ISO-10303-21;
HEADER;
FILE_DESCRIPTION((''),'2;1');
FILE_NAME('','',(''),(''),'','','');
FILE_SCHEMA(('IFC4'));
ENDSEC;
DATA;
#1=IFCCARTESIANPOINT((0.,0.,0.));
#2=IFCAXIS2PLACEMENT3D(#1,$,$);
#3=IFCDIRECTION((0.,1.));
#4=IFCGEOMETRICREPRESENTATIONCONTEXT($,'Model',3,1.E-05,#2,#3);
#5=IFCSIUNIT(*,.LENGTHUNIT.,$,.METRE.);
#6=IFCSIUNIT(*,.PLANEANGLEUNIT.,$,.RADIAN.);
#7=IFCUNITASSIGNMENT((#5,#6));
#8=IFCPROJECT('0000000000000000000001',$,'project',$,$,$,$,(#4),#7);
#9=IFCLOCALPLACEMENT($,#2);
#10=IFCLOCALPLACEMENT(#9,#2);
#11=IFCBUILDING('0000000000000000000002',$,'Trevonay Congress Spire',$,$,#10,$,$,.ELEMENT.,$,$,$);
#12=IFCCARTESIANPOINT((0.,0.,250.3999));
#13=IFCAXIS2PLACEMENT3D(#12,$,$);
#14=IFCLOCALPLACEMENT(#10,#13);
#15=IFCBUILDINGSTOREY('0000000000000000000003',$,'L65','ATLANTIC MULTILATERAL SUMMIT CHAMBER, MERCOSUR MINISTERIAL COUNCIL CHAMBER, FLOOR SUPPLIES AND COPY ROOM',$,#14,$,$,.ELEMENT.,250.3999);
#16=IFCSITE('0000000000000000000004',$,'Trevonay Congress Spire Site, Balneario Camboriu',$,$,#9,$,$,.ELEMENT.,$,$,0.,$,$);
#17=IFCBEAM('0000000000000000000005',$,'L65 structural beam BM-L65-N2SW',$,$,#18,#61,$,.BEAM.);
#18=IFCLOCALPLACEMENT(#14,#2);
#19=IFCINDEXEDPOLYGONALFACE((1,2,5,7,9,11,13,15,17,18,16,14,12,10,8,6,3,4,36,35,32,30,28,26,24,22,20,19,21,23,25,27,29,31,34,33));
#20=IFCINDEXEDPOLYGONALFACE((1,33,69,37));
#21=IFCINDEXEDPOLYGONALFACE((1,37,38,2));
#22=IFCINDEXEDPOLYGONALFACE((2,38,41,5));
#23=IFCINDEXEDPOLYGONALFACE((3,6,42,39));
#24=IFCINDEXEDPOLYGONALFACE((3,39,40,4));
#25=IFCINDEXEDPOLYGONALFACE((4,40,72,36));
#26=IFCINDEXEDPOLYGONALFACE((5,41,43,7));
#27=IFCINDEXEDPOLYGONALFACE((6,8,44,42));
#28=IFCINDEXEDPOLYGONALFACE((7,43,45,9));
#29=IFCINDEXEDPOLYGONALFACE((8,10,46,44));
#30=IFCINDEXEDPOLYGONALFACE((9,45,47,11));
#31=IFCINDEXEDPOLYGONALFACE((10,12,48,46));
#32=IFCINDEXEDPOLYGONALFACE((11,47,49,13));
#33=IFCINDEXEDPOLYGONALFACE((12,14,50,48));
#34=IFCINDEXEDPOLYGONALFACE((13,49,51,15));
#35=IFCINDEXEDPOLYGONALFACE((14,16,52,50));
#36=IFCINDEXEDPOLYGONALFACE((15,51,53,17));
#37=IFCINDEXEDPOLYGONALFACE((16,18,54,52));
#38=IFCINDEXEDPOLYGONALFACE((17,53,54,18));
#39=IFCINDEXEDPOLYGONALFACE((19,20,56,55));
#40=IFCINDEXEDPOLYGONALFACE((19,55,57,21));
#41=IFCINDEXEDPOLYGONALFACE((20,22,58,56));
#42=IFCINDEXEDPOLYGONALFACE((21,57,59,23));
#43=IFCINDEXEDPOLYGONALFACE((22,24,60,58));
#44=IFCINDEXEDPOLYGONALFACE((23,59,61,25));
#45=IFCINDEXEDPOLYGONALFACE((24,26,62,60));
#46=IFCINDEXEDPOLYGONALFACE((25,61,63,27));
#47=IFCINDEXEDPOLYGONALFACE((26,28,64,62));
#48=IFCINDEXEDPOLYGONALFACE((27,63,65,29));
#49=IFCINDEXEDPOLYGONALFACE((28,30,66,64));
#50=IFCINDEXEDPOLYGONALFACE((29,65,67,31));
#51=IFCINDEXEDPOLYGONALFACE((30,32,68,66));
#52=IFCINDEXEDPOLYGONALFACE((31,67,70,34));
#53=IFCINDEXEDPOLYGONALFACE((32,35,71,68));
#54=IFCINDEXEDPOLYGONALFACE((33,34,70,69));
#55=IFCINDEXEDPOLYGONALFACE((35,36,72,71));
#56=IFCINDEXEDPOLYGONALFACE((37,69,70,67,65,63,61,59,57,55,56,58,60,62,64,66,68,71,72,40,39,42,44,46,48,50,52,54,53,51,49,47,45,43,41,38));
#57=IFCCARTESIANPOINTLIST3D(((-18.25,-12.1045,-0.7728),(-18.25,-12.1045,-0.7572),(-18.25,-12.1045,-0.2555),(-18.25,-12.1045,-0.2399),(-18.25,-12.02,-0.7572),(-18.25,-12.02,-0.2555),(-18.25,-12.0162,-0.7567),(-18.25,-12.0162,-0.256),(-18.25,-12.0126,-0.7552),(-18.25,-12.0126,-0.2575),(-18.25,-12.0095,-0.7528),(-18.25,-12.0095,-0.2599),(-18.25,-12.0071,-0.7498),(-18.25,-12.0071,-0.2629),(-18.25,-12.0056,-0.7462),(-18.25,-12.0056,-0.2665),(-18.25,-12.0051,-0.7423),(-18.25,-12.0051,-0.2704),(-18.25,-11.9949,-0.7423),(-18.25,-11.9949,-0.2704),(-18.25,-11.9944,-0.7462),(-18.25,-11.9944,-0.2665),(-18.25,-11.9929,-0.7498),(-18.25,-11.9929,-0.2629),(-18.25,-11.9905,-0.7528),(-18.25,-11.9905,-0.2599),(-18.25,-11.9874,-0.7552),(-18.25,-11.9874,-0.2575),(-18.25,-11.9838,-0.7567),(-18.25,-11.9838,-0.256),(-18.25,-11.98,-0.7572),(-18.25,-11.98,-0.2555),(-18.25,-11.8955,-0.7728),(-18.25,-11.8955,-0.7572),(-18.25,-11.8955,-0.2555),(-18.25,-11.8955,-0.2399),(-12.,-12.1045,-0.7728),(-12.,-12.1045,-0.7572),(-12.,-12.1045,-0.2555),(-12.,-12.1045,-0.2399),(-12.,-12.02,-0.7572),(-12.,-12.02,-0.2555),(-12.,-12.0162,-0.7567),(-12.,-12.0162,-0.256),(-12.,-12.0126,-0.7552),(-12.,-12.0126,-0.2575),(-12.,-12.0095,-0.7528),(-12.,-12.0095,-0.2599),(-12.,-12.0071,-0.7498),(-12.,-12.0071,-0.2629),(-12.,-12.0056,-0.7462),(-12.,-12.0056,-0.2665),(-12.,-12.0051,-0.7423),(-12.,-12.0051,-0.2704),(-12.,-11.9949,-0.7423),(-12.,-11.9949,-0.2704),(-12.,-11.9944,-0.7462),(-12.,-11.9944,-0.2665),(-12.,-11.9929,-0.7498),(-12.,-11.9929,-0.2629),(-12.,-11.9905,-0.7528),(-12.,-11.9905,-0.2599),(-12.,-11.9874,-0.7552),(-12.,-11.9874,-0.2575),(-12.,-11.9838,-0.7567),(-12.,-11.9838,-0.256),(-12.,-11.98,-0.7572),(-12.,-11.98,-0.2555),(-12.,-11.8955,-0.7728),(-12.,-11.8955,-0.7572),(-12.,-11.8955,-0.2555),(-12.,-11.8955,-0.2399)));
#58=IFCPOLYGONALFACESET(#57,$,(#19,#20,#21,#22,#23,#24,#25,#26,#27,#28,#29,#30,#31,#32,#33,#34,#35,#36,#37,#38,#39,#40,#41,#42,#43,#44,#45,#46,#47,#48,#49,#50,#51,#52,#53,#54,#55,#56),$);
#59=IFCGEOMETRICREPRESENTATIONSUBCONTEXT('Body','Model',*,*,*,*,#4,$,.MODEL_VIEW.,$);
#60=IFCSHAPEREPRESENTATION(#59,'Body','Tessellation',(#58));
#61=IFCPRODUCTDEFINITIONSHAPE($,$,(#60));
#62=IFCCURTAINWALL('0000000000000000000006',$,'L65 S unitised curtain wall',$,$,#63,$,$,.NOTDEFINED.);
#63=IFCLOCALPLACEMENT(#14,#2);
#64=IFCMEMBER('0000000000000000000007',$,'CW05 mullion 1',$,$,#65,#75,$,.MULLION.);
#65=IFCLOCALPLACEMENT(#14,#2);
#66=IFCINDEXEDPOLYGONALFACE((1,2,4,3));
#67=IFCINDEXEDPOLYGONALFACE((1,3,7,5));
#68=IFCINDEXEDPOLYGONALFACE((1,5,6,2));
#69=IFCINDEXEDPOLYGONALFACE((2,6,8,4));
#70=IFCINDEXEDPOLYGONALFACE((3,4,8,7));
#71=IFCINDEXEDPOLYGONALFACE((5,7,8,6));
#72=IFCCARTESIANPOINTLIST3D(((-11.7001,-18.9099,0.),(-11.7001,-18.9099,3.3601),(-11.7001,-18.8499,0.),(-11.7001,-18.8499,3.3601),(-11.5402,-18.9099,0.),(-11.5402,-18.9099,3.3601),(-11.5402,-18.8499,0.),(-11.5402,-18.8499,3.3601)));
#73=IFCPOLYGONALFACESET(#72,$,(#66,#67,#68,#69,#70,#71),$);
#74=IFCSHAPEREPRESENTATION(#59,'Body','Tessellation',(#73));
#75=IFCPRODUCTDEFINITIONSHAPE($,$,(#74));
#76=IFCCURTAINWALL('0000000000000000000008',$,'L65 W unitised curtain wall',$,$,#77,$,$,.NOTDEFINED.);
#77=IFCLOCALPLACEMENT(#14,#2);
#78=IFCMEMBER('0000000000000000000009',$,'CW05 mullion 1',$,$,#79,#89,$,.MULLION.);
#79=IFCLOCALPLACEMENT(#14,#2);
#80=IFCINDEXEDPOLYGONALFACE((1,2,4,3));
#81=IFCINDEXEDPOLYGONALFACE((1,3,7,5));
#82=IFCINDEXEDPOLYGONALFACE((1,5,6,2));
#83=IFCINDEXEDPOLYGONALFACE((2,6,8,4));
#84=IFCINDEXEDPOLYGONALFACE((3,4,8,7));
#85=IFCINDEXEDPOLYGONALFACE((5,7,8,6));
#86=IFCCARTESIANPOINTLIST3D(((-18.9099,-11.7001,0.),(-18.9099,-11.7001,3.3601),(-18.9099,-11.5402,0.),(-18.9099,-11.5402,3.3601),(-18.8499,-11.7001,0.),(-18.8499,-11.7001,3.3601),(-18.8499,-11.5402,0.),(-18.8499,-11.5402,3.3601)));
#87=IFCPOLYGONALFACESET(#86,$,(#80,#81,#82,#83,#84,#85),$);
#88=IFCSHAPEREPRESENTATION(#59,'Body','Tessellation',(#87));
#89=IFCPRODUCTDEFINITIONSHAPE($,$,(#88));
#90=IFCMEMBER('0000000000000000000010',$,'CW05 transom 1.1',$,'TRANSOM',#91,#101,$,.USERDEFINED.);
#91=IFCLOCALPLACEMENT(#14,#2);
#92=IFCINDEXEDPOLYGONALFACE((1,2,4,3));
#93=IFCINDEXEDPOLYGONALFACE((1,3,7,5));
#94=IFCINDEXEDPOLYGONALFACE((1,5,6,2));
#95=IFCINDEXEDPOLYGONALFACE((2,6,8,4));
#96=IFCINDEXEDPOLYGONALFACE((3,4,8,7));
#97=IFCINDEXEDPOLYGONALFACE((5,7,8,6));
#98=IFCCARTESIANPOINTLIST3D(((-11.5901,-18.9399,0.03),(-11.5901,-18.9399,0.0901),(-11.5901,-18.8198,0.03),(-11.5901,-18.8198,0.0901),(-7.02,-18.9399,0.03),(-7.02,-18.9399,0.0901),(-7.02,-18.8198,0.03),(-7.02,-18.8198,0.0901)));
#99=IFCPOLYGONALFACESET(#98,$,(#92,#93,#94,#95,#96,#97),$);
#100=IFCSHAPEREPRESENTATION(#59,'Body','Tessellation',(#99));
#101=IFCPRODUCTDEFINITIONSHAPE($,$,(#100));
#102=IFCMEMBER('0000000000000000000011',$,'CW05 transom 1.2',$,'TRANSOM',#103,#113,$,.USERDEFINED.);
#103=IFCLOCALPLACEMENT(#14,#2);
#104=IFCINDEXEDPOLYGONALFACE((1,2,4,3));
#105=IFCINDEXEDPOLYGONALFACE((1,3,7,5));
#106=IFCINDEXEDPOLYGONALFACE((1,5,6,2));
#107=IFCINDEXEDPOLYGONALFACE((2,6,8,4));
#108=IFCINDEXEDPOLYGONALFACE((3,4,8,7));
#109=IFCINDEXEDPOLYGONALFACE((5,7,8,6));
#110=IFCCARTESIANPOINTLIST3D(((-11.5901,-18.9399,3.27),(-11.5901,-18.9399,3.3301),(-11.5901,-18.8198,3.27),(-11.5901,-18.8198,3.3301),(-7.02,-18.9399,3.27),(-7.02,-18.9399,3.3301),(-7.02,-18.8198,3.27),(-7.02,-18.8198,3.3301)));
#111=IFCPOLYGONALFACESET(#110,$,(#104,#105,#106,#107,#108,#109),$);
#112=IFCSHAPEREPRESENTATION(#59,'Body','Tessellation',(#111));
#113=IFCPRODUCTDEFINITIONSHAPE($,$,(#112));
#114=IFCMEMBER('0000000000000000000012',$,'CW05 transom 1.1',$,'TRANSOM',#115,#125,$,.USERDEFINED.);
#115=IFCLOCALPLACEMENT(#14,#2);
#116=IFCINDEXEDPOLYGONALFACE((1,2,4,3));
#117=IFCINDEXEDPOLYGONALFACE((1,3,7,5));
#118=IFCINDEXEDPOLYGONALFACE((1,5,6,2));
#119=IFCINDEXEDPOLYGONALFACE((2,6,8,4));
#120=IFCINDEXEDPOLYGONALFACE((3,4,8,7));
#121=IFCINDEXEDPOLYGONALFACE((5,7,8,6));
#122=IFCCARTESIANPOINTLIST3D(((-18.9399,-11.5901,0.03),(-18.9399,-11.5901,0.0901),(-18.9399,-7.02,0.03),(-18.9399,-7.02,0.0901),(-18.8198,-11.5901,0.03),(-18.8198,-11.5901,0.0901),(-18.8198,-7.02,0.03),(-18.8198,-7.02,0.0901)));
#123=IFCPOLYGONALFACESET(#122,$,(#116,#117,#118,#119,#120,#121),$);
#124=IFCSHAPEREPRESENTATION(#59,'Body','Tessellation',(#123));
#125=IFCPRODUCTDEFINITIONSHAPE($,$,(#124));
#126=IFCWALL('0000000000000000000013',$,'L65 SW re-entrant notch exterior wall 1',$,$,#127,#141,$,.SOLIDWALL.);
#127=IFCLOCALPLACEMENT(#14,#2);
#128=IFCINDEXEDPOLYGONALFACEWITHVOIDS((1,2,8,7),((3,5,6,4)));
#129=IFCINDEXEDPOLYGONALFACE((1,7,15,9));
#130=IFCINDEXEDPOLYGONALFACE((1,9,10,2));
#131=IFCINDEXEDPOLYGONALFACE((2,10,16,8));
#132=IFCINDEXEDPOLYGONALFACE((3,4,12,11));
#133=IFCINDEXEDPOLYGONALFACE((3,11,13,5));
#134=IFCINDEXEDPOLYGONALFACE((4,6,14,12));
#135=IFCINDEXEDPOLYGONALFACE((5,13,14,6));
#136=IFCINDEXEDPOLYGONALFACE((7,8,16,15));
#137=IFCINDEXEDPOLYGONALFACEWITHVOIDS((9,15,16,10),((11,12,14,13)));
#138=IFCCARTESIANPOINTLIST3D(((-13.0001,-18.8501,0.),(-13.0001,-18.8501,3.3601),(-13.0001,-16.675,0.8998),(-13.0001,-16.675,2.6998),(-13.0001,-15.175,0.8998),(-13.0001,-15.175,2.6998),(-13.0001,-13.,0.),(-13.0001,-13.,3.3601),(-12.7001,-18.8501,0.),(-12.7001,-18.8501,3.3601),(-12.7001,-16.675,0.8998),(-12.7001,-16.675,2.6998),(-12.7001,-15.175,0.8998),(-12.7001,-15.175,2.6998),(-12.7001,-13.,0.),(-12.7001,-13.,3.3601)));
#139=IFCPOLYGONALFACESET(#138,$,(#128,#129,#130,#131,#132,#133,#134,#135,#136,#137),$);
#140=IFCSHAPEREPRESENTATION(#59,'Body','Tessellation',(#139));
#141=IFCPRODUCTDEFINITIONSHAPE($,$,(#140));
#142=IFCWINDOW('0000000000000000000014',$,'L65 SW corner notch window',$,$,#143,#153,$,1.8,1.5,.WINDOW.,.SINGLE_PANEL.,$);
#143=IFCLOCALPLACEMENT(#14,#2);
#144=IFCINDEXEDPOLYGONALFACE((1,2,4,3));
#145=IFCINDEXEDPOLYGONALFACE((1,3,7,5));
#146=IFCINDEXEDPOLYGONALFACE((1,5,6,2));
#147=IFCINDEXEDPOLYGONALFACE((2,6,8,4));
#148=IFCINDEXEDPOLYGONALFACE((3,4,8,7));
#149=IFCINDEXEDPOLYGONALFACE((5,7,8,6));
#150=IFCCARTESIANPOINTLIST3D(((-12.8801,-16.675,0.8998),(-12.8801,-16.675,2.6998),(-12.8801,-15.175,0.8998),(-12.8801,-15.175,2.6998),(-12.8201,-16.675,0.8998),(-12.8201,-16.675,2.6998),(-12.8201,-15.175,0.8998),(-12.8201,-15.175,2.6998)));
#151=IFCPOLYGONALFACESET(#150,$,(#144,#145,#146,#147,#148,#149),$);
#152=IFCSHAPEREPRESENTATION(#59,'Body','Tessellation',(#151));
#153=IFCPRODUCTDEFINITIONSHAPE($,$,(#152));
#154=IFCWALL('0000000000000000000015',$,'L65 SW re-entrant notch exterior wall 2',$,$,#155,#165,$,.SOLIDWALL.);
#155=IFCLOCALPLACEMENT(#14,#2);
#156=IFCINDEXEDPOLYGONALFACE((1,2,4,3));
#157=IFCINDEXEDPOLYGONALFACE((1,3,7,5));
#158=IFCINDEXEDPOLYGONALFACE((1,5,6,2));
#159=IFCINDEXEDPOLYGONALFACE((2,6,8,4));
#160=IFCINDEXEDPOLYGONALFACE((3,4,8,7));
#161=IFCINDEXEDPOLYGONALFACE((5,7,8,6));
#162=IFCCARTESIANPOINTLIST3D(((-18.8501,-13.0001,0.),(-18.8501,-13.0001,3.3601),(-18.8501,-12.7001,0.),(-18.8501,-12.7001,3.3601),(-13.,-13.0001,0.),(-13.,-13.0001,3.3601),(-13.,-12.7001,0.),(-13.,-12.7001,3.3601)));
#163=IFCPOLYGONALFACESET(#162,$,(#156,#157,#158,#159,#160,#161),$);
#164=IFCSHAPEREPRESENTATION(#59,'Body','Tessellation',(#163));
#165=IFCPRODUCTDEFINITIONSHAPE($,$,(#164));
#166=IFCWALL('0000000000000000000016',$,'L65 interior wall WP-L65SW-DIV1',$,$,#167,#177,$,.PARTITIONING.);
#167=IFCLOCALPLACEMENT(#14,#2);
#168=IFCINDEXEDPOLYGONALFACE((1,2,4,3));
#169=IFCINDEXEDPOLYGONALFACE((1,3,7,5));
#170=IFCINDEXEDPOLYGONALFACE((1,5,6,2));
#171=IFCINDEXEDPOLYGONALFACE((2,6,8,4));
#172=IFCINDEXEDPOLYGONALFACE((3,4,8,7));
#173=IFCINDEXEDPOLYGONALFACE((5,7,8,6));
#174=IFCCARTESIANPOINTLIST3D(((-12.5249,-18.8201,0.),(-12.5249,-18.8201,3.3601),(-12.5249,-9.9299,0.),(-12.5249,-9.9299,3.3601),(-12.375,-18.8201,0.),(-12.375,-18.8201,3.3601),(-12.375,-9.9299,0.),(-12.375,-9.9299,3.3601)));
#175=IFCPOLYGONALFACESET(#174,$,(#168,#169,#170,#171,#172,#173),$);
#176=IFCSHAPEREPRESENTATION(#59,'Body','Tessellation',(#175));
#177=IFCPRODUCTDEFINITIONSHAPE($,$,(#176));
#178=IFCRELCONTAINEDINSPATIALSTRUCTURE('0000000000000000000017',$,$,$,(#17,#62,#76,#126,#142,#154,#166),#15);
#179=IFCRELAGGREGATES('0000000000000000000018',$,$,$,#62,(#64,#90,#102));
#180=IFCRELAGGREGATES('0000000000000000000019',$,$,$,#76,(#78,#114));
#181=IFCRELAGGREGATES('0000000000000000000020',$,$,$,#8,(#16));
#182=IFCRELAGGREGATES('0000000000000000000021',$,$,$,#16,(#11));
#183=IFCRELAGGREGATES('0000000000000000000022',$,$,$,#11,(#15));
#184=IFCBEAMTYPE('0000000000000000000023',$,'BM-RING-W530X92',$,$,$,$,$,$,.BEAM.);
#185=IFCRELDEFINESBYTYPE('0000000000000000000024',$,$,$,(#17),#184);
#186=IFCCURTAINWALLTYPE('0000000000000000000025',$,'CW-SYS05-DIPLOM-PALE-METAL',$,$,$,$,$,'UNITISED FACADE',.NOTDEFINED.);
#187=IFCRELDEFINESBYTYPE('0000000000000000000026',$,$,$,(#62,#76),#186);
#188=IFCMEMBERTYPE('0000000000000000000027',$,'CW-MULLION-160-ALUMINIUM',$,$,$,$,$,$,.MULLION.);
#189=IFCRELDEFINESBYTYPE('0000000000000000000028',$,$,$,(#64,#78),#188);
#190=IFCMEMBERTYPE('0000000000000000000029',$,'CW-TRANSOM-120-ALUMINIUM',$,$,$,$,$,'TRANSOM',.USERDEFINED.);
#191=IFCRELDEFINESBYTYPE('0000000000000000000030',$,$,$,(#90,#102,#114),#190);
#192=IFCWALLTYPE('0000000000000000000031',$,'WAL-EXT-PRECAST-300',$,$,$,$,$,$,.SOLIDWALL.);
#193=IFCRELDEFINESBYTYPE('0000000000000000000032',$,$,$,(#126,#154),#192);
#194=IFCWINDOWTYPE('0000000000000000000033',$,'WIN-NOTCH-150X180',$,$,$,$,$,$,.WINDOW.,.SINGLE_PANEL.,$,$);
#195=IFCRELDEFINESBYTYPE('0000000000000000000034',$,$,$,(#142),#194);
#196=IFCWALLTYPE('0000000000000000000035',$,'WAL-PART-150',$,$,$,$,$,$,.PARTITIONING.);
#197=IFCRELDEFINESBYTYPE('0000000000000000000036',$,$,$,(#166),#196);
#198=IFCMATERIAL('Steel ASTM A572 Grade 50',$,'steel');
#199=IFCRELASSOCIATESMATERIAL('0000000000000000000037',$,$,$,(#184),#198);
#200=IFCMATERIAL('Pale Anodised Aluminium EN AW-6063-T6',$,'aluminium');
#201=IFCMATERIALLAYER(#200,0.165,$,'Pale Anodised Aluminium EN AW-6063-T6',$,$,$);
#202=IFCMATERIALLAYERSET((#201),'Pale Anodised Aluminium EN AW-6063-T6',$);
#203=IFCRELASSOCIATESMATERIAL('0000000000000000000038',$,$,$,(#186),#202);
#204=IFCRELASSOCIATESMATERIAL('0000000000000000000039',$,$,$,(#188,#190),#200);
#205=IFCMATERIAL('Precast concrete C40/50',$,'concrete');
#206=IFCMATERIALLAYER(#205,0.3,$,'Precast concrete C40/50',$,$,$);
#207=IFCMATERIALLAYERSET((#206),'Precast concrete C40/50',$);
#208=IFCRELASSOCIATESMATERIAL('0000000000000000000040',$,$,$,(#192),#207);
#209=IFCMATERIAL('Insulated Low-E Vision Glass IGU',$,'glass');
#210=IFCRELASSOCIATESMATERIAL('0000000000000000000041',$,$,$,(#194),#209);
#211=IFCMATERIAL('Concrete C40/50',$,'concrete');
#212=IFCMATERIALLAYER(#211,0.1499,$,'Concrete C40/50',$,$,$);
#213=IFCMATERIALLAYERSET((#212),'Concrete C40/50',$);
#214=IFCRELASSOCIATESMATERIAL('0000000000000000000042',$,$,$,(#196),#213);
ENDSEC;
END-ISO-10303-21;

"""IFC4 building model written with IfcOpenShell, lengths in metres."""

from ifc_helpers import new_model, si_unit, direction, frame, frame_2d, origin, origin_2d, place, context, subcontext, project, spatial, rectangle, i_section, extrude, material, layer, layer_set, material_profile, profile_set, type_object, element, fill, aggregate, save


model = new_model("IFC4")

# Units and contexts
model_context = context("Model", 3, precision=1e-05, world=origin(), true_north=direction((0.0, 1.0)))
body_context = subcontext(model_context, "Body", "Model", "MODEL_VIEW")
ifc_project = project(units=[si_unit("LENGTHUNIT", "METRE"), si_unit("PLANEANGLEUNIT", "RADIAN")], contexts=[model_context])

# Site, building, storey
site_placement = place(None, origin())
site = spatial("IfcSite", under=ifc_project, at=site_placement, Name="Trevonay Congress Spire Site, Balneario Camboriu", CompositionType="ELEMENT", RefElevation=0.0)
building_placement = place(site_placement, origin())
building = spatial("IfcBuilding", under=site, at=building_placement, Name="Trevonay Congress Spire", CompositionType="ELEMENT")
storey_placement = place(building_placement, frame((0.0, 0.0, 250.3999)))
storey = spatial("IfcBuildingStorey", under=building, at=storey_placement, Name="L65", Description="ATLANTIC MULTILATERAL SUMMIT CHAMBER, MERCOSUR MINISTERIAL COUNCIL CHAMBER, FLOOR SUPPLIES AND COPY ROOM", CompositionType="ELEMENT", Elevation=250.3999)

# Shared definitions
ifc_material_1 = material(Name="Steel ASTM A572 Grade 50", Category="steel")

# Beam
ifc_material_profile_1 = material_profile(ifc_material_1, i_section(OverallWidth=0.209, OverallDepth=0.533, WebThickness=0.0103, FlangeThickness=0.0156, FilletRadius=0.0149, at=origin_2d()), Name="W530x92")
ifc_profile_set_1 = profile_set([ifc_material_profile_1], Name="Steel ASTM A572 Grade 50")
beam_type = type_object("IfcBeamType", Name="BM-RING-W530X92", PredefinedType="BEAM", material=ifc_profile_set_1)
for number, where, z_axis, x_axis, name in (
    (1, (-18.25, -12.0, -0.5063), (1.0, 0.0, 0.0), (0.0, 1.0, 0.0), "L65 structural beam BM-L65-N2SW"),
):
    element("IfcBeam", number, at=place(storey_placement, frame(where, z_axis=z_axis, x_axis=x_axis)), inside=storey, type_object=beam_type, Name=name, PredefinedType="BEAM", context=body_context, shape_type="SweptSolid", body=[
        extrude(i_section(OverallWidth=0.209, OverallDepth=0.533, WebThickness=0.0103, FlangeThickness=0.0156, FilletRadius=0.0149, at=origin_2d()), origin(), (0.0, 0.0, 1.0), 6.25),
    ])

# Curtain walls, members
ifc_material_2 = material(Name="Pale Anodised Aluminium EN AW-6063-T6", Category="aluminium")
ifc_layer_1 = layer(ifc_material_2, 0.165, Name="Pale Anodised Aluminium EN AW-6063-T6")
ifc_layer_set_1 = layer_set([ifc_layer_1], Name="Pale Anodised Aluminium EN AW-6063-T6")
curtain_wall_type = type_object("IfcCurtainWallType", Name="CW-SYS05-DIPLOM-PALE-METAL", ElementType="UNITISED FACADE", PredefinedType="NOTDEFINED", material=ifc_layer_set_1)
curtain_wall_1_placement = place(storey_placement, origin())
curtain_wall_1 = element("IfcCurtainWall", 2, at=curtain_wall_1_placement, inside=storey, type_object=curtain_wall_type, Name="L65 S unitised curtain wall", PredefinedType="NOTDEFINED")
ifc_material_profile_2 = material_profile(ifc_material_2, rectangle(XDim=0.0601, YDim=0.1599, at=origin_2d()), Name="CW-MULLION-160-ALUMINIUM")
ifc_profile_set_2 = profile_set([ifc_material_profile_2], Name="Pale Anodised Aluminium EN AW-6063-T6")
member_type_1 = type_object("IfcMemberType", Name="CW-MULLION-160-ALUMINIUM", PredefinedType="MULLION", material=ifc_profile_set_2)
member_1_placement = place(storey_placement, frame((-11.6201, -18.8799, 0.0), z_axis=(0.0, 0.0, 1.0), x_axis=(0.0, 1.0, 0.0)))
member_1 = element("IfcMember", 3, at=member_1_placement, type_object=member_type_1, Name="CW05 mullion 1", PredefinedType="MULLION", context=body_context, shape_type="SweptSolid", body=[
    extrude(rectangle(XDim=0.0601, YDim=0.1599, at=origin_2d()), origin(), (0.0, 0.0, 1.0), 3.3601),
])
curtain_wall_2_placement = place(storey_placement, origin())
curtain_wall_2 = element("IfcCurtainWall", 4, at=curtain_wall_2_placement, inside=storey, type_object=curtain_wall_type, Name="L65 W unitised curtain wall", PredefinedType="NOTDEFINED")
member_2_placement = place(storey_placement, frame((-18.8799, -11.6201, 0.0), z_axis=(0.0, 0.0, 1.0), x_axis=(-1.0, 0.0, 0.0)))
member_2 = element("IfcMember", 5, at=member_2_placement, type_object=member_type_1, Name="CW05 mullion 1", PredefinedType="MULLION", context=body_context, shape_type="SweptSolid", body=[
    extrude(rectangle(XDim=0.0601, YDim=0.1599, at=origin_2d()), origin(), (0.0, 0.0, 1.0), 3.3601),
])

# Members
ifc_material_profile_3 = material_profile(ifc_material_2, rectangle(XDim=0.1201, YDim=0.0601, at=origin_2d()), Name="CW-TRANSOM-120-ALUMINIUM")
ifc_profile_set_3 = profile_set([ifc_material_profile_3], Name="Pale Anodised Aluminium EN AW-6063-T6")
member_type_2 = type_object("IfcMemberType", Name="CW-TRANSOM-120-ALUMINIUM", ElementType="TRANSOM", PredefinedType="USERDEFINED", material=ifc_profile_set_3)
member_3_placement = place(storey_placement, frame((-11.5901, -18.8799, 0.0601), z_axis=(1.0, 0.0, 0.0), x_axis=(0.0, 1.0, 0.0)))
member_3 = element("IfcMember", 6, at=member_3_placement, type_object=member_type_2, Name="CW05 transom 1.1", ObjectType="TRANSOM", PredefinedType="USERDEFINED", context=body_context, shape_type="SweptSolid", body=[
    extrude(rectangle(XDim=0.1201, YDim=0.0601, at=origin_2d()), origin(), (0.0, 0.0, 1.0), 4.5701),
])
member_4_placement = place(storey_placement, frame((-11.5901, -18.8799, 3.3), z_axis=(1.0, 0.0, 0.0), x_axis=(0.0, 1.0, 0.0)))
member_4 = element("IfcMember", 7, at=member_4_placement, type_object=member_type_2, Name="CW05 transom 1.2", ObjectType="TRANSOM", PredefinedType="USERDEFINED", context=body_context, shape_type="SweptSolid", body=[
    extrude(rectangle(XDim=0.1201, YDim=0.0601, at=origin_2d()), origin(), (0.0, 0.0, 1.0), 4.5701),
])
aggregate(curtain_wall_1, [member_1, member_3, member_4])
member_5_placement = place(storey_placement, frame((-18.8799, -11.5901, 0.0601), z_axis=(0.0, 1.0, 0.0), x_axis=(-1.0, 0.0, 0.0)))
member_5 = element("IfcMember", 8, at=member_5_placement, type_object=member_type_2, Name="CW05 transom 1.1", ObjectType="TRANSOM", PredefinedType="USERDEFINED", context=body_context, shape_type="SweptSolid", body=[
    extrude(rectangle(XDim=0.1201, YDim=0.0601, at=origin_2d()), origin(), (0.0, 0.0, 1.0), 4.5701),
])
aggregate(curtain_wall_2, [member_2, member_5])

# Wall, opening, window
ifc_material_3 = material(Name="Precast concrete C40/50", Category="concrete")
ifc_layer_2 = layer(ifc_material_3, 0.3, Name="Precast concrete C40/50")
ifc_layer_set_2 = layer_set([ifc_layer_2], Name="Precast concrete C40/50")
wall_type_1 = type_object("IfcWallType", Name="WAL-EXT-PRECAST-300", PredefinedType="SOLIDWALL", material=ifc_layer_set_2)
wall_1_placement = place(storey_placement, frame((-12.8501, -18.8501, 0.0), z_axis=(0.0, 0.0, 1.0), x_axis=(0.0, 1.0, 0.0)))
wall_1 = element("IfcWall", 9, at=wall_1_placement, inside=storey, type_object=wall_type_1, Name="L65 SW re-entrant notch exterior wall 1", PredefinedType="SOLIDWALL", context=body_context, shape_type="SweptSolid", body=[
    extrude(rectangle(XDim=5.8501, YDim=0.3, at=frame_2d((2.925, 0.0))), origin(), (0.0, 0.0, 1.0), 3.3601),
])
opening_placement = place(wall_1_placement, frame((2.175, 0.0, 0.8999)))
opening = element("IfcOpeningElement", 10, at=opening_placement, cuts=wall_1, PredefinedType="OPENING", context=body_context, shape_type="SweptSolid", body=[
    extrude(rectangle(XDim=1.5, YDim=1.8, at=frame_2d((0.75, 0.8999))), frame((0.0, 0.1602, 0.0), z_axis=(0.0, -1.0, 0.0), x_axis=(1.0, 0.0, 0.0)), (0.0, 0.0, 1.0), 0.3201),
])
ifc_material_4 = material(Name="Insulated Low-E Vision Glass IGU", Category="glass")
window_type = type_object("IfcWindowType", Name="WIN-NOTCH-150X180", PartitioningType="SINGLE_PANEL", PredefinedType="WINDOW", material=ifc_material_4)
window_placement = place(opening_placement, origin())
window = element("IfcWindow", 11, at=window_placement, inside=storey, type_object=window_type, Name="L65 SW corner notch window", OverallHeight=1.8, OverallWidth=1.5, PartitioningType="SINGLE_PANEL", PredefinedType="WINDOW", context=body_context, shape_type="SweptSolid", body=[
    extrude(rectangle(XDim=1.5, YDim=1.8, at=frame_2d((0.75, 0.8999))), frame((0.0, 0.03, 0.0), z_axis=(0.0, -1.0, 0.0), x_axis=(1.0, 0.0, 0.0)), (0.0, 0.0, 1.0), 0.0601),
])
fill(opening, window)

# Walls
wall_2_placement = place(storey_placement, frame((-18.8501, -12.8501, 0.0), z_axis=(0.0, 0.0, 1.0), x_axis=(1.0, 0.0, 0.0)))
element("IfcWall", 12, at=wall_2_placement, inside=storey, type_object=wall_type_1, Name="L65 SW re-entrant notch exterior wall 2", PredefinedType="SOLIDWALL", context=body_context, shape_type="SweptSolid", body=[
    extrude(rectangle(XDim=5.8501, YDim=0.3, at=frame_2d((2.925, 0.0))), origin(), (0.0, 0.0, 1.0), 3.3601),
])
ifc_material_5 = material(Name="Concrete C40/50", Category="concrete")
ifc_layer_3 = layer(ifc_material_5, 0.1499, Name="Concrete C40/50")
ifc_layer_set_3 = layer_set([ifc_layer_3], Name="Concrete C40/50")
wall_type_2 = type_object("IfcWallType", Name="WAL-PART-150", PredefinedType="PARTITIONING", material=ifc_layer_set_3)
for number, where, z_axis, x_axis, name in (
    (13, (-12.45, -18.8201, 0.0), (0.0, 0.0, 1.0), (0.0, 1.0, 0.0), "L65 interior wall WP-L65SW-DIV1"),
):
    element("IfcWall", number, at=place(storey_placement, frame(where, z_axis=z_axis, x_axis=x_axis)), inside=storey, type_object=wall_type_2, Name=name, PredefinedType="PARTITIONING", context=body_context, shape_type="SweptSolid", body=[
        extrude(rectangle(XDim=8.8901, YDim=0.1499, at=frame_2d((4.4451, 0.0))), origin(), (0.0, 0.0, 1.0), 3.3601),
    ])

save(model, "model.ifc")
